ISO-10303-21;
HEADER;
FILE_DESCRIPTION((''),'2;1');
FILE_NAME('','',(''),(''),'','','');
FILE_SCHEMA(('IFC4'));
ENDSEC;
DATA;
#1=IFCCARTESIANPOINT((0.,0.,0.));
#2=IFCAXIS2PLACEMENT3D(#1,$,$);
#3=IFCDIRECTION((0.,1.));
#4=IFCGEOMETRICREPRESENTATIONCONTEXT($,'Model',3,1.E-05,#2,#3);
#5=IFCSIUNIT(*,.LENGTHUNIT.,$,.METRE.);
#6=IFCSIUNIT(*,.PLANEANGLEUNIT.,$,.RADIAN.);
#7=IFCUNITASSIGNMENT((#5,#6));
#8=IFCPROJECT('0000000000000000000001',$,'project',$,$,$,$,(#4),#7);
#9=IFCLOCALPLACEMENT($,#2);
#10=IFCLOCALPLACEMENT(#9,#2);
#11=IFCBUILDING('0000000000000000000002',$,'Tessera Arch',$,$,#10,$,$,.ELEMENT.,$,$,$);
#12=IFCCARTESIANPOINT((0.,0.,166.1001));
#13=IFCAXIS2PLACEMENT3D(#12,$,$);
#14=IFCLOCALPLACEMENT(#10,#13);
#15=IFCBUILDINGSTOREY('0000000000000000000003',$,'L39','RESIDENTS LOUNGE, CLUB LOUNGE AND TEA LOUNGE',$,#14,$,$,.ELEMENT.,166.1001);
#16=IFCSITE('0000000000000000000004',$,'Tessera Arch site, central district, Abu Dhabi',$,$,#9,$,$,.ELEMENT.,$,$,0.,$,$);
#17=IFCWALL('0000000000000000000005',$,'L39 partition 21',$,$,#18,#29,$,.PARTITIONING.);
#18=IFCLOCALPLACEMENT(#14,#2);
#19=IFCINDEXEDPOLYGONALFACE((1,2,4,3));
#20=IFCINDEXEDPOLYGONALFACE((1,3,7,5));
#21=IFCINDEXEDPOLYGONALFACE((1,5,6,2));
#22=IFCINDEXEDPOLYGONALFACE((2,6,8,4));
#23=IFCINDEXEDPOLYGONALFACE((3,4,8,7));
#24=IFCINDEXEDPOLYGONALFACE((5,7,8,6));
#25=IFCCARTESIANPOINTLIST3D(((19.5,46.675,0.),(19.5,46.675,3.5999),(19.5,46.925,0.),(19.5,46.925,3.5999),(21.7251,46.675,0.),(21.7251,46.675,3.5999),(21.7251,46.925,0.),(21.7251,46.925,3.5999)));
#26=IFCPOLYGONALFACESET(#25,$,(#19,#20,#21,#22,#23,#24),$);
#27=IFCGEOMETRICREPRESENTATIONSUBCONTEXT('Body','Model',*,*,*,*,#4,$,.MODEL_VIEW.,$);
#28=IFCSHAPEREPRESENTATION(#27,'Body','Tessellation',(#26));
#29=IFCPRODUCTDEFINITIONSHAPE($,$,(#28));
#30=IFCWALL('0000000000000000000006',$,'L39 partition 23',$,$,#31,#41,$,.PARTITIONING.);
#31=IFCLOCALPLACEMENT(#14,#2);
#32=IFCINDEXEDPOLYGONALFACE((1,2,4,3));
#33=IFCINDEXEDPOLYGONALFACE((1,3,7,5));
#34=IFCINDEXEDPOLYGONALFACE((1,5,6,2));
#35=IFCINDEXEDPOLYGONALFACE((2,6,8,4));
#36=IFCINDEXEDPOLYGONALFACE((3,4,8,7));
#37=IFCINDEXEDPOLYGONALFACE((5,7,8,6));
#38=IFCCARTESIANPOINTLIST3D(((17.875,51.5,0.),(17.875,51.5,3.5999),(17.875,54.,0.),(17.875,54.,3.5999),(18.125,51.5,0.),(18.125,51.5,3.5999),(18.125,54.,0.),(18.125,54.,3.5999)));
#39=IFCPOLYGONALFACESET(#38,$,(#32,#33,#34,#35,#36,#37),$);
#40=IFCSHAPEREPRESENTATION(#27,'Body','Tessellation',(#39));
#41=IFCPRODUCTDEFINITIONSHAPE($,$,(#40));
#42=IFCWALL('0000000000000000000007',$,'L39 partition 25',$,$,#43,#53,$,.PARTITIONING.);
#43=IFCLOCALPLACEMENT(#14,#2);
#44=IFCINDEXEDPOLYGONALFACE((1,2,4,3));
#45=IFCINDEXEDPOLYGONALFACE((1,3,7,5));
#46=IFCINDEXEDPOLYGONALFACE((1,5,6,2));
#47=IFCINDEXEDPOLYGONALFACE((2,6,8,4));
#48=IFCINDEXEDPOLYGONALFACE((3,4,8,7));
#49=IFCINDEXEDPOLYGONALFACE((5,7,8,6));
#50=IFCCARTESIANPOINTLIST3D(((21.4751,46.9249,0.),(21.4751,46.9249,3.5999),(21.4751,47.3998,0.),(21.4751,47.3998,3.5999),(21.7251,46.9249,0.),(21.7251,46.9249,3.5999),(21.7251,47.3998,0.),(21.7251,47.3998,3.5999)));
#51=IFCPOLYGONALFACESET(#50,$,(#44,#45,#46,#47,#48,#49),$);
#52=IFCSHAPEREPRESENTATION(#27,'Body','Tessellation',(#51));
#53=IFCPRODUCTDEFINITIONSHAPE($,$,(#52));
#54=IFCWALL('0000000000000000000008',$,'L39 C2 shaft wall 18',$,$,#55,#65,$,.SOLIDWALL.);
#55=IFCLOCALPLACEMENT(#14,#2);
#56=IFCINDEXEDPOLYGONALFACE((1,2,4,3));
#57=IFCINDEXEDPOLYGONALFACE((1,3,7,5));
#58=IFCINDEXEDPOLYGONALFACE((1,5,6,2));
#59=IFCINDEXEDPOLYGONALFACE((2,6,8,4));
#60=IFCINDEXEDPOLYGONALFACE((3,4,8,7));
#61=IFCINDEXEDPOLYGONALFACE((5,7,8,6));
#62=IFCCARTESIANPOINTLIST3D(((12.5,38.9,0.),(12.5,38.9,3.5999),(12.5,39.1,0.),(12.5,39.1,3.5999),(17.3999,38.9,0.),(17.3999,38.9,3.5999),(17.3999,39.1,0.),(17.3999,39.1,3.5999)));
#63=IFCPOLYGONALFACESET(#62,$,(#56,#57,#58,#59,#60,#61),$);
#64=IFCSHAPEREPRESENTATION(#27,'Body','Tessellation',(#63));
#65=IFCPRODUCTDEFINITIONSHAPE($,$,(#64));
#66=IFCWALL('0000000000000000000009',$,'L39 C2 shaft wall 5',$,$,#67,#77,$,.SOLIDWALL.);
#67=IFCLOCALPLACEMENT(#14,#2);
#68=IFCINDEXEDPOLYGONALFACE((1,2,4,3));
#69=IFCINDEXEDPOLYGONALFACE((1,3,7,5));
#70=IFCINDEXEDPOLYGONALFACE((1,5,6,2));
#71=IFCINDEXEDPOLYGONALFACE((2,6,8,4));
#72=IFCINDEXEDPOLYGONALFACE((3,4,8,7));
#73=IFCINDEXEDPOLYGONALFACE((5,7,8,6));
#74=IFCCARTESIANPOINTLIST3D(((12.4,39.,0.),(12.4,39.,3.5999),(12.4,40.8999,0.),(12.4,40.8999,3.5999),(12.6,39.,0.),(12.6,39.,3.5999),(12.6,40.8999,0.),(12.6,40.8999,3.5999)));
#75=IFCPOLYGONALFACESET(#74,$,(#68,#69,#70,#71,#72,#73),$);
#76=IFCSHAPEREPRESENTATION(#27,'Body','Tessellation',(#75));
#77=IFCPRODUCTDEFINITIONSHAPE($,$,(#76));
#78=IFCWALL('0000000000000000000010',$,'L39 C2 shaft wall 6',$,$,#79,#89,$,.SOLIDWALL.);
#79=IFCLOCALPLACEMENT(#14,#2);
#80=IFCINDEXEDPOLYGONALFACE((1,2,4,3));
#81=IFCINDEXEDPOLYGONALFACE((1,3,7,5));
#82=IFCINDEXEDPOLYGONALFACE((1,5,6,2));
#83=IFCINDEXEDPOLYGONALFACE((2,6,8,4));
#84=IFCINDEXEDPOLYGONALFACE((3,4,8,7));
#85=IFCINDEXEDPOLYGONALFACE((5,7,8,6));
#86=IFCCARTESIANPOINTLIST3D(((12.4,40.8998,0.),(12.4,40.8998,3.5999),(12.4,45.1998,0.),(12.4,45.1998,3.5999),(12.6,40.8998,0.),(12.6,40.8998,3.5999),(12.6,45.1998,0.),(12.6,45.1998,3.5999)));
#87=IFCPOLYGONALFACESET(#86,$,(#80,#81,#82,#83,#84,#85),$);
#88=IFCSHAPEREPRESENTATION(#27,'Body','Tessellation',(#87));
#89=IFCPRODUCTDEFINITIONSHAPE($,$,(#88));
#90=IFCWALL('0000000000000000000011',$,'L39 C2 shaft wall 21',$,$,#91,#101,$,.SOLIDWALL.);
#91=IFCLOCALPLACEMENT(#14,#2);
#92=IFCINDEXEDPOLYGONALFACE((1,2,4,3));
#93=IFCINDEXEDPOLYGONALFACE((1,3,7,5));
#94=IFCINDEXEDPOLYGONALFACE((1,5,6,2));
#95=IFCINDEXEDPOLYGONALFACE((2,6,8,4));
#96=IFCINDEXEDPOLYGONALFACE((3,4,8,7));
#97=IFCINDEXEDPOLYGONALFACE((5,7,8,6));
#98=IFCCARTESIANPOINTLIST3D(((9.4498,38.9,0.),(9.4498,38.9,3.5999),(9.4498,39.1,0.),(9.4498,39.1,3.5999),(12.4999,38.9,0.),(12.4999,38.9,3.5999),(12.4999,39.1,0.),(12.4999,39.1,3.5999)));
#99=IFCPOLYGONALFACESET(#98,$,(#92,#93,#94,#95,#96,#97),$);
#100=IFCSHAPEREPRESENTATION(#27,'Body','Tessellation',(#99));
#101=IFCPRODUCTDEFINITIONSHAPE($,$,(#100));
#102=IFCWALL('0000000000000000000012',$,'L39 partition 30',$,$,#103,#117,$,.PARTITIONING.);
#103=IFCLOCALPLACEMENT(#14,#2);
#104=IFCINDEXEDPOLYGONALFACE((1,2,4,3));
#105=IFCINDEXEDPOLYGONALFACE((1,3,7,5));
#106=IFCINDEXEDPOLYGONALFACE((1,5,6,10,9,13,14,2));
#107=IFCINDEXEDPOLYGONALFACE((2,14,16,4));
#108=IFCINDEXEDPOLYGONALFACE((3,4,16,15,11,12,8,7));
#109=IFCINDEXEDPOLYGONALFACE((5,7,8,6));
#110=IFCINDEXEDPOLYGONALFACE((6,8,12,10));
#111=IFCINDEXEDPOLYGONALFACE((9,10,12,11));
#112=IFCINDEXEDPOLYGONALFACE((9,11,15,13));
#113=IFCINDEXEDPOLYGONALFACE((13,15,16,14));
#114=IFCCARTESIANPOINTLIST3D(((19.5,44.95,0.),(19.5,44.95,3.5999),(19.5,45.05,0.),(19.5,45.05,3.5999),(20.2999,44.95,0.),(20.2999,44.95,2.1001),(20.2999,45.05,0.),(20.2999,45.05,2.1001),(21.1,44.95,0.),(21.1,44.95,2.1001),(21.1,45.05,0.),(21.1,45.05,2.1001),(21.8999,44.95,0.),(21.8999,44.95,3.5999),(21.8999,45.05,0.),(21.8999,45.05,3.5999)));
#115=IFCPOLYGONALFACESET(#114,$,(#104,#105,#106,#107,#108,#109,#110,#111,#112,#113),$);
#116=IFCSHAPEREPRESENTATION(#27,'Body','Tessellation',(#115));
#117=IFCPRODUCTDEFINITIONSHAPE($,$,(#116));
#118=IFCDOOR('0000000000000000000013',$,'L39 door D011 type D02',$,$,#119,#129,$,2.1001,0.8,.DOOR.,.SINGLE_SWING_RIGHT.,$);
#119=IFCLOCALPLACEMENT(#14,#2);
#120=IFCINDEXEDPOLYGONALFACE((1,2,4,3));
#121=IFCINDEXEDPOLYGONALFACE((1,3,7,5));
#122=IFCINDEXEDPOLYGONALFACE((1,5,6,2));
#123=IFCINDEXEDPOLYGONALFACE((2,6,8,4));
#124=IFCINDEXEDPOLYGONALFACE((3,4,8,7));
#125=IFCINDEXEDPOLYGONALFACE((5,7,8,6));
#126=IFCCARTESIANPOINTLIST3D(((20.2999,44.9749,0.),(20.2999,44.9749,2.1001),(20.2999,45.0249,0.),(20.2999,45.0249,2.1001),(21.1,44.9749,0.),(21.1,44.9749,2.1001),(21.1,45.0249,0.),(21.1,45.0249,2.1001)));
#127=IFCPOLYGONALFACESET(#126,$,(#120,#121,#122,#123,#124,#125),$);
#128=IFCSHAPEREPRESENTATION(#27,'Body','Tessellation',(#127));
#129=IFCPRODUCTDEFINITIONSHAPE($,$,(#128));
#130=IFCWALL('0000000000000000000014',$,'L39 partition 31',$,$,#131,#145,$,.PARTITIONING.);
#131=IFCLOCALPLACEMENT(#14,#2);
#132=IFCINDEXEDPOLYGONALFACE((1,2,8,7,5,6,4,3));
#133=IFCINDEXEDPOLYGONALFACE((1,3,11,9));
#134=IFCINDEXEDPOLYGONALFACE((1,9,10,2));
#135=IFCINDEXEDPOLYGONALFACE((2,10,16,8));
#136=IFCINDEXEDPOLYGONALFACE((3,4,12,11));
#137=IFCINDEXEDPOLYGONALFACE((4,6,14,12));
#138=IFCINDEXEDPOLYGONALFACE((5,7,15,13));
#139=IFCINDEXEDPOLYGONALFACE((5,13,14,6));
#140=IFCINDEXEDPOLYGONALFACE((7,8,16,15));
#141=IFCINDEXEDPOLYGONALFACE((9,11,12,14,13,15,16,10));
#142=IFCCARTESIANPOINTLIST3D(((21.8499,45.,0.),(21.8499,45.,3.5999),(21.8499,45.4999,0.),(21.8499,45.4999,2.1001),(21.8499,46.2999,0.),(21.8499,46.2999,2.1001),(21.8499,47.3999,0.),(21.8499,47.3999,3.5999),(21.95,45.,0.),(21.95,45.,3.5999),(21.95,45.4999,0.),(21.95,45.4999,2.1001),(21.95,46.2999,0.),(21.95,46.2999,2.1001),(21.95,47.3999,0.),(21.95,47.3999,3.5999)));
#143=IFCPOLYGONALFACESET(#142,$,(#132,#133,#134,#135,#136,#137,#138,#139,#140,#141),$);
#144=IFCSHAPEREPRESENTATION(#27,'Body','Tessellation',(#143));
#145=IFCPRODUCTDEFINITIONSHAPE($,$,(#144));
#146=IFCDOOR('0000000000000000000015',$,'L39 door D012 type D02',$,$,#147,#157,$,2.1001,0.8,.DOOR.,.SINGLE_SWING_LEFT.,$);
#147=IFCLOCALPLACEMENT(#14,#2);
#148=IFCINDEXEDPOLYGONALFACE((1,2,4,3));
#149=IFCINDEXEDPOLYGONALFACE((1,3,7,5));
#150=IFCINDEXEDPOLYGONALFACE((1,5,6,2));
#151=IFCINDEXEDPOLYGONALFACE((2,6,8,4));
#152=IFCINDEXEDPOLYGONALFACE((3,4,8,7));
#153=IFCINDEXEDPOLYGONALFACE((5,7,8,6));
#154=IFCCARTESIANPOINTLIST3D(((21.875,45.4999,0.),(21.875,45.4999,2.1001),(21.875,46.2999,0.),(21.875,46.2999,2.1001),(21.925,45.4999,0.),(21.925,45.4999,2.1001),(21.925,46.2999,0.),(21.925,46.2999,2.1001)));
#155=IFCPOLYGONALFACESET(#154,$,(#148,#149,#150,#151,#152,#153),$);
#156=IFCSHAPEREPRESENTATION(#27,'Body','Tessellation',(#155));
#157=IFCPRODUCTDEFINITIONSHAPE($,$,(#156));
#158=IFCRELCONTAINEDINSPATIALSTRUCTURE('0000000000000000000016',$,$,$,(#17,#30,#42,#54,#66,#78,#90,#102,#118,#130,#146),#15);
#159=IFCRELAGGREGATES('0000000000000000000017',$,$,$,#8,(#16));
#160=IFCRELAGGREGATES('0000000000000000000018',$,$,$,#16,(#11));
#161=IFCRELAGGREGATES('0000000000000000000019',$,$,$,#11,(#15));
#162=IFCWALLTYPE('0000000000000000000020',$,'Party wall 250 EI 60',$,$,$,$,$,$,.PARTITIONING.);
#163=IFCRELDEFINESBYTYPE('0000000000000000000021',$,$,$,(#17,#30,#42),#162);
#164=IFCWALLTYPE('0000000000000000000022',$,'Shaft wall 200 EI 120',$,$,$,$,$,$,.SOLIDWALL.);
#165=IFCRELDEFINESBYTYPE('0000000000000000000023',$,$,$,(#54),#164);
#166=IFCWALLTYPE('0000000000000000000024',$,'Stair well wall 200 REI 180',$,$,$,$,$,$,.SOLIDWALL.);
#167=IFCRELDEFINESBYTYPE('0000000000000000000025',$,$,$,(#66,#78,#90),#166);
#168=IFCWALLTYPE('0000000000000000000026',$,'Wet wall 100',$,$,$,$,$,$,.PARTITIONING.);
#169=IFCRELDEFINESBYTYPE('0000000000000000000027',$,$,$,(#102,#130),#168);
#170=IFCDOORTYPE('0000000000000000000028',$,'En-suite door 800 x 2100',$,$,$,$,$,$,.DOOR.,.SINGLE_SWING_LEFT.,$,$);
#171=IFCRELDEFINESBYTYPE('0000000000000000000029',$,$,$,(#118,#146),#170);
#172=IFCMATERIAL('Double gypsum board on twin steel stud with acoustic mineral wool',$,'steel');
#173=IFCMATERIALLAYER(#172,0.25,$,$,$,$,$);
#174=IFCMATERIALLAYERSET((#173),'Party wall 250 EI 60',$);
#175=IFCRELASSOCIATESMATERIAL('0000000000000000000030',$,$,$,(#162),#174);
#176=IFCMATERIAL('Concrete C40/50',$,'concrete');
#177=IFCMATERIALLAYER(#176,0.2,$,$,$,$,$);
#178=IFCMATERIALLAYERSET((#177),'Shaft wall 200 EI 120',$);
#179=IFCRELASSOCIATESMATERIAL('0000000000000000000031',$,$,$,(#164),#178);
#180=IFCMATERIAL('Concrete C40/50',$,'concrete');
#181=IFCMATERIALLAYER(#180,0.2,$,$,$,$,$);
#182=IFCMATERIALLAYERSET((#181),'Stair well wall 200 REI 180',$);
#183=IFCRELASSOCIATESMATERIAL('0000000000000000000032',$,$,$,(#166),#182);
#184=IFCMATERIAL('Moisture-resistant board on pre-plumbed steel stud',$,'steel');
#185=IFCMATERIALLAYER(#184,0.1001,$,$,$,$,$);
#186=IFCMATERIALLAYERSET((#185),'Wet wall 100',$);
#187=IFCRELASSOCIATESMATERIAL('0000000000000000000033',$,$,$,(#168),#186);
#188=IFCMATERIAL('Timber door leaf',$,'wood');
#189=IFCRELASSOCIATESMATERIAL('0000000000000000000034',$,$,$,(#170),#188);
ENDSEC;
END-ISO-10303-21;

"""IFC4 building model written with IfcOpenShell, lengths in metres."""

from ifc_helpers import new_model, si_unit, direction, frame, frame_2d, origin, place, context, subcontext, project, spatial, rectangle, extrude, material, layer, layer_set, type_object, element, fill, save


model = new_model("IFC4")

# Units and contexts
model_context = context("Model", 3, precision=1e-05, world=origin(), true_north=direction((0.0, 1.0)))
body_context = subcontext(model_context, "Body", "Model", "MODEL_VIEW")
ifc_project = project(units=[si_unit("LENGTHUNIT", "METRE"), si_unit("PLANEANGLEUNIT", "RADIAN")], contexts=[model_context])

# Site, building, storey
site_placement = place(None, origin())
site = spatial("IfcSite", under=ifc_project, at=site_placement, Name="Tessera Arch site, central district, Abu Dhabi", CompositionType="ELEMENT", RefElevation=0.0)
building_placement = place(site_placement, origin())
building = spatial("IfcBuilding", under=site, at=building_placement, Name="Tessera Arch", CompositionType="ELEMENT")
storey_placement = place(building_placement, frame((0.0, 0.0, 166.1001)))
storey = spatial("IfcBuildingStorey", under=building, at=storey_placement, Name="L39", Description="RESIDENTS LOUNGE, CLUB LOUNGE AND TEA LOUNGE", CompositionType="ELEMENT", Elevation=166.1001)

# Walls
ifc_material_1 = material(Name="Double gypsum board on twin steel stud with acoustic mineral wool", Category="steel")
ifc_layer_1 = layer(ifc_material_1, 0.25)
ifc_layer_set_1 = layer_set([ifc_layer_1], Name="Party wall 250 EI 60")
wall_type_1 = type_object("IfcWallType", Name="Party wall 250 EI 60", PredefinedType="PARTITIONING", material=ifc_layer_set_1)
wall_1_placement = place(storey_placement, frame((19.5, 46.8, 0.0), z_axis=(0.0, 0.0, 1.0), x_axis=(1.0, 0.0, 0.0)))
element("IfcWall", 1, at=wall_1_placement, inside=storey, type_object=wall_type_1, Name="L39 partition 21", PredefinedType="PARTITIONING", context=body_context, shape_type="SweptSolid", body=[
    extrude(rectangle(XDim=2.2251, YDim=0.25, at=frame_2d((1.1125, 0.0))), origin(), (0.0, 0.0, 1.0), 3.5999),
])
wall_2_placement = place(storey_placement, frame((18.0, 51.5, 0.0), z_axis=(0.0, 0.0, 1.0), x_axis=(0.0, 1.0, 0.0)))
element("IfcWall", 2, at=wall_2_placement, inside=storey, type_object=wall_type_1, Name="L39 partition 23", PredefinedType="PARTITIONING", context=body_context, shape_type="SweptSolid", body=[
    extrude(rectangle(XDim=2.5, YDim=0.25, at=frame_2d((1.25, 0.0))), origin(), (0.0, 0.0, 1.0), 3.5999),
])
wall_3_placement = place(storey_placement, frame((21.6001, 46.925, 0.0), z_axis=(0.0, 0.0, 1.0), x_axis=(0.0, 1.0, 0.0)))
element("IfcWall", 3, at=wall_3_placement, inside=storey, type_object=wall_type_1, Name="L39 partition 25", PredefinedType="PARTITIONING", context=body_context, shape_type="SweptSolid", body=[
    extrude(rectangle(XDim=0.4749, YDim=0.25, at=frame_2d((0.2373, 0.0))), origin(), (0.0, 0.0, 1.0), 3.5999),
])
ifc_material_2 = material(Name="Concrete C40/50", Category="concrete")
ifc_layer_2 = layer(ifc_material_2, 0.2)
ifc_layer_set_2 = layer_set([ifc_layer_2], Name="Shaft wall 200 EI 120")
wall_type_2 = type_object("IfcWallType", Name="Shaft wall 200 EI 120", PredefinedType="SOLIDWALL", material=ifc_layer_set_2)
wall_4_placement = place(storey_placement, frame((12.5, 39.0, 0.0), z_axis=(0.0, 0.0, 1.0), x_axis=(1.0, 0.0, 0.0)))
element("IfcWall", 4, at=wall_4_placement, inside=storey, type_object=wall_type_2, Name="L39 C2 shaft wall 18", PredefinedType="SOLIDWALL", context=body_context, shape_type="SweptSolid", body=[
    extrude(rectangle(XDim=4.8999, YDim=0.2, at=frame_2d((2.45, 0.0))), origin(), (0.0, 0.0, 1.0), 3.5999),
])
ifc_material_3 = material(Name="Concrete C40/50", Category="concrete")
ifc_layer_3 = layer(ifc_material_3, 0.2)
ifc_layer_set_3 = layer_set([ifc_layer_3], Name="Stair well wall 200 REI 180")
wall_type_3 = type_object("IfcWallType", Name="Stair well wall 200 REI 180", PredefinedType="SOLIDWALL", material=ifc_layer_set_3)
wall_5_placement = place(storey_placement, frame((12.5, 39.0, 0.0), z_axis=(0.0, 0.0, 1.0), x_axis=(0.0, 1.0, 0.0)))
element("IfcWall", 5, at=wall_5_placement, inside=storey, type_object=wall_type_3, Name="L39 C2 shaft wall 5", PredefinedType="SOLIDWALL", context=body_context, shape_type="SweptSolid", body=[
    extrude(rectangle(XDim=1.8999, YDim=0.2, at=frame_2d((0.95, 0.0))), origin(), (0.0, 0.0, 1.0), 3.5999),
])
wall_6_placement = place(storey_placement, frame((12.5, 40.8999, 0.0), z_axis=(0.0, 0.0, 1.0), x_axis=(0.0, 1.0, 0.0)))
element("IfcWall", 6, at=wall_6_placement, inside=storey, type_object=wall_type_3, Name="L39 C2 shaft wall 6", PredefinedType="SOLIDWALL", context=body_context, shape_type="SweptSolid", body=[
    extrude(rectangle(XDim=4.3, YDim=0.2, at=frame_2d((2.1499, 0.0))), origin(), (0.0, 0.0, 1.0), 3.5999),
])
wall_7_placement = place(storey_placement, frame((9.45, 39.0, 0.0), z_axis=(0.0, 0.0, 1.0), x_axis=(1.0, 0.0, 0.0)))
element("IfcWall", 7, at=wall_7_placement, inside=storey, type_object=wall_type_3, Name="L39 C2 shaft wall 21", PredefinedType="SOLIDWALL", context=body_context, shape_type="SweptSolid", body=[
    extrude(rectangle(XDim=3.05, YDim=0.2, at=frame_2d((1.5249, 0.0))), origin(), (0.0, 0.0, 1.0), 3.5999),
])

# Walls, openings, doors
ifc_material_4 = material(Name="Moisture-resistant board on pre-plumbed steel stud", Category="steel")
ifc_layer_4 = layer(ifc_material_4, 0.1001)
ifc_layer_set_4 = layer_set([ifc_layer_4], Name="Wet wall 100")
wall_type_4 = type_object("IfcWallType", Name="Wet wall 100", PredefinedType="PARTITIONING", material=ifc_layer_set_4)
wall_8_placement = place(storey_placement, frame((19.5, 45.0, 0.0), z_axis=(0.0, 0.0, 1.0), x_axis=(1.0, 0.0, 0.0)))
wall_8 = element("IfcWall", 8, at=wall_8_placement, inside=storey, type_object=wall_type_4, Name="L39 partition 30", PredefinedType="PARTITIONING", context=body_context, shape_type="SweptSolid", body=[
    extrude(rectangle(XDim=2.3999, YDim=0.1001, at=frame_2d((1.2, 0.0))), origin(), (0.0, 0.0, 1.0), 3.5999),
])
opening_1_placement = place(wall_8_placement, frame((0.8, 0.0, 0.0)))
opening_1 = element("IfcOpeningElement", 9, at=opening_1_placement, cuts=wall_8, PredefinedType="OPENING", context=body_context, shape_type="SweptSolid", body=[
    extrude(rectangle(XDim=0.8, YDim=2.1001, at=frame_2d((0.3999, 1.05))), frame((0.0, 0.0601, 0.0), z_axis=(0.0, -1.0, 0.0), x_axis=(1.0, 0.0, 0.0)), (0.0, 0.0, 1.0), 0.1201),
])
ifc_material_5 = material(Name="Timber door leaf", Category="wood")
door_type_1 = type_object("IfcDoorType", Name="En-suite door 800 x 2100", OperationType="SINGLE_SWING_LEFT", PredefinedType="DOOR", material=ifc_material_5)
door_1_placement = place(opening_1_placement, origin())
door_1 = element("IfcDoor", 10, at=door_1_placement, inside=storey, type_object=door_type_1, Name="L39 door D011 type D02", OperationType="SINGLE_SWING_RIGHT", OverallHeight=2.1001, OverallWidth=0.8, PredefinedType="DOOR", context=body_context, shape_type="SweptSolid", body=[
    extrude(rectangle(XDim=0.8, YDim=2.1001, at=frame_2d((0.3999, 1.05))), frame((0.0, 0.0249, 0.0), z_axis=(0.0, -1.0, 0.0), x_axis=(1.0, 0.0, 0.0)), (0.0, 0.0, 1.0), 0.05),
])
fill(opening_1, door_1)
wall_9_placement = place(storey_placement, frame((21.8999, 45.0, 0.0), z_axis=(0.0, 0.0, 1.0), x_axis=(0.0, 1.0, 0.0)))
wall_9 = element("IfcWall", 11, at=wall_9_placement, inside=storey, type_object=wall_type_4, Name="L39 partition 31", PredefinedType="PARTITIONING", context=body_context, shape_type="SweptSolid", body=[
    extrude(rectangle(XDim=2.3999, YDim=0.1001, at=frame_2d((1.2, 0.0))), origin(), (0.0, 0.0, 1.0), 3.5999),
])
opening_2_placement = place(wall_9_placement, frame((0.5, 0.0, 0.0)))
opening_2 = element("IfcOpeningElement", 12, at=opening_2_placement, cuts=wall_9, PredefinedType="OPENING", context=body_context, shape_type="SweptSolid", body=[
    extrude(rectangle(XDim=0.8, YDim=2.1001, at=frame_2d((0.3999, 1.05))), frame((0.0, 0.0601, 0.0), z_axis=(0.0, -1.0, 0.0), x_axis=(1.0, 0.0, 0.0)), (0.0, 0.0, 1.0), 0.1201),
])
door_2_placement = place(opening_2_placement, origin())
door_2 = element("IfcDoor", 13, at=door_2_placement, inside=storey, type_object=door_type_1, Name="L39 door D012 type D02", OperationType="SINGLE_SWING_LEFT", OverallHeight=2.1001, OverallWidth=0.8, PredefinedType="DOOR", context=body_context, shape_type="SweptSolid", body=[
    extrude(rectangle(XDim=0.8, YDim=2.1001, at=frame_2d((0.3999, 1.05))), frame((0.0, 0.0249, 0.0), z_axis=(0.0, -1.0, 0.0), x_axis=(1.0, 0.0, 0.0)), (0.0, 0.0, 1.0), 0.05),
])
fill(opening_2, door_2)

save(model, "model.ifc")
